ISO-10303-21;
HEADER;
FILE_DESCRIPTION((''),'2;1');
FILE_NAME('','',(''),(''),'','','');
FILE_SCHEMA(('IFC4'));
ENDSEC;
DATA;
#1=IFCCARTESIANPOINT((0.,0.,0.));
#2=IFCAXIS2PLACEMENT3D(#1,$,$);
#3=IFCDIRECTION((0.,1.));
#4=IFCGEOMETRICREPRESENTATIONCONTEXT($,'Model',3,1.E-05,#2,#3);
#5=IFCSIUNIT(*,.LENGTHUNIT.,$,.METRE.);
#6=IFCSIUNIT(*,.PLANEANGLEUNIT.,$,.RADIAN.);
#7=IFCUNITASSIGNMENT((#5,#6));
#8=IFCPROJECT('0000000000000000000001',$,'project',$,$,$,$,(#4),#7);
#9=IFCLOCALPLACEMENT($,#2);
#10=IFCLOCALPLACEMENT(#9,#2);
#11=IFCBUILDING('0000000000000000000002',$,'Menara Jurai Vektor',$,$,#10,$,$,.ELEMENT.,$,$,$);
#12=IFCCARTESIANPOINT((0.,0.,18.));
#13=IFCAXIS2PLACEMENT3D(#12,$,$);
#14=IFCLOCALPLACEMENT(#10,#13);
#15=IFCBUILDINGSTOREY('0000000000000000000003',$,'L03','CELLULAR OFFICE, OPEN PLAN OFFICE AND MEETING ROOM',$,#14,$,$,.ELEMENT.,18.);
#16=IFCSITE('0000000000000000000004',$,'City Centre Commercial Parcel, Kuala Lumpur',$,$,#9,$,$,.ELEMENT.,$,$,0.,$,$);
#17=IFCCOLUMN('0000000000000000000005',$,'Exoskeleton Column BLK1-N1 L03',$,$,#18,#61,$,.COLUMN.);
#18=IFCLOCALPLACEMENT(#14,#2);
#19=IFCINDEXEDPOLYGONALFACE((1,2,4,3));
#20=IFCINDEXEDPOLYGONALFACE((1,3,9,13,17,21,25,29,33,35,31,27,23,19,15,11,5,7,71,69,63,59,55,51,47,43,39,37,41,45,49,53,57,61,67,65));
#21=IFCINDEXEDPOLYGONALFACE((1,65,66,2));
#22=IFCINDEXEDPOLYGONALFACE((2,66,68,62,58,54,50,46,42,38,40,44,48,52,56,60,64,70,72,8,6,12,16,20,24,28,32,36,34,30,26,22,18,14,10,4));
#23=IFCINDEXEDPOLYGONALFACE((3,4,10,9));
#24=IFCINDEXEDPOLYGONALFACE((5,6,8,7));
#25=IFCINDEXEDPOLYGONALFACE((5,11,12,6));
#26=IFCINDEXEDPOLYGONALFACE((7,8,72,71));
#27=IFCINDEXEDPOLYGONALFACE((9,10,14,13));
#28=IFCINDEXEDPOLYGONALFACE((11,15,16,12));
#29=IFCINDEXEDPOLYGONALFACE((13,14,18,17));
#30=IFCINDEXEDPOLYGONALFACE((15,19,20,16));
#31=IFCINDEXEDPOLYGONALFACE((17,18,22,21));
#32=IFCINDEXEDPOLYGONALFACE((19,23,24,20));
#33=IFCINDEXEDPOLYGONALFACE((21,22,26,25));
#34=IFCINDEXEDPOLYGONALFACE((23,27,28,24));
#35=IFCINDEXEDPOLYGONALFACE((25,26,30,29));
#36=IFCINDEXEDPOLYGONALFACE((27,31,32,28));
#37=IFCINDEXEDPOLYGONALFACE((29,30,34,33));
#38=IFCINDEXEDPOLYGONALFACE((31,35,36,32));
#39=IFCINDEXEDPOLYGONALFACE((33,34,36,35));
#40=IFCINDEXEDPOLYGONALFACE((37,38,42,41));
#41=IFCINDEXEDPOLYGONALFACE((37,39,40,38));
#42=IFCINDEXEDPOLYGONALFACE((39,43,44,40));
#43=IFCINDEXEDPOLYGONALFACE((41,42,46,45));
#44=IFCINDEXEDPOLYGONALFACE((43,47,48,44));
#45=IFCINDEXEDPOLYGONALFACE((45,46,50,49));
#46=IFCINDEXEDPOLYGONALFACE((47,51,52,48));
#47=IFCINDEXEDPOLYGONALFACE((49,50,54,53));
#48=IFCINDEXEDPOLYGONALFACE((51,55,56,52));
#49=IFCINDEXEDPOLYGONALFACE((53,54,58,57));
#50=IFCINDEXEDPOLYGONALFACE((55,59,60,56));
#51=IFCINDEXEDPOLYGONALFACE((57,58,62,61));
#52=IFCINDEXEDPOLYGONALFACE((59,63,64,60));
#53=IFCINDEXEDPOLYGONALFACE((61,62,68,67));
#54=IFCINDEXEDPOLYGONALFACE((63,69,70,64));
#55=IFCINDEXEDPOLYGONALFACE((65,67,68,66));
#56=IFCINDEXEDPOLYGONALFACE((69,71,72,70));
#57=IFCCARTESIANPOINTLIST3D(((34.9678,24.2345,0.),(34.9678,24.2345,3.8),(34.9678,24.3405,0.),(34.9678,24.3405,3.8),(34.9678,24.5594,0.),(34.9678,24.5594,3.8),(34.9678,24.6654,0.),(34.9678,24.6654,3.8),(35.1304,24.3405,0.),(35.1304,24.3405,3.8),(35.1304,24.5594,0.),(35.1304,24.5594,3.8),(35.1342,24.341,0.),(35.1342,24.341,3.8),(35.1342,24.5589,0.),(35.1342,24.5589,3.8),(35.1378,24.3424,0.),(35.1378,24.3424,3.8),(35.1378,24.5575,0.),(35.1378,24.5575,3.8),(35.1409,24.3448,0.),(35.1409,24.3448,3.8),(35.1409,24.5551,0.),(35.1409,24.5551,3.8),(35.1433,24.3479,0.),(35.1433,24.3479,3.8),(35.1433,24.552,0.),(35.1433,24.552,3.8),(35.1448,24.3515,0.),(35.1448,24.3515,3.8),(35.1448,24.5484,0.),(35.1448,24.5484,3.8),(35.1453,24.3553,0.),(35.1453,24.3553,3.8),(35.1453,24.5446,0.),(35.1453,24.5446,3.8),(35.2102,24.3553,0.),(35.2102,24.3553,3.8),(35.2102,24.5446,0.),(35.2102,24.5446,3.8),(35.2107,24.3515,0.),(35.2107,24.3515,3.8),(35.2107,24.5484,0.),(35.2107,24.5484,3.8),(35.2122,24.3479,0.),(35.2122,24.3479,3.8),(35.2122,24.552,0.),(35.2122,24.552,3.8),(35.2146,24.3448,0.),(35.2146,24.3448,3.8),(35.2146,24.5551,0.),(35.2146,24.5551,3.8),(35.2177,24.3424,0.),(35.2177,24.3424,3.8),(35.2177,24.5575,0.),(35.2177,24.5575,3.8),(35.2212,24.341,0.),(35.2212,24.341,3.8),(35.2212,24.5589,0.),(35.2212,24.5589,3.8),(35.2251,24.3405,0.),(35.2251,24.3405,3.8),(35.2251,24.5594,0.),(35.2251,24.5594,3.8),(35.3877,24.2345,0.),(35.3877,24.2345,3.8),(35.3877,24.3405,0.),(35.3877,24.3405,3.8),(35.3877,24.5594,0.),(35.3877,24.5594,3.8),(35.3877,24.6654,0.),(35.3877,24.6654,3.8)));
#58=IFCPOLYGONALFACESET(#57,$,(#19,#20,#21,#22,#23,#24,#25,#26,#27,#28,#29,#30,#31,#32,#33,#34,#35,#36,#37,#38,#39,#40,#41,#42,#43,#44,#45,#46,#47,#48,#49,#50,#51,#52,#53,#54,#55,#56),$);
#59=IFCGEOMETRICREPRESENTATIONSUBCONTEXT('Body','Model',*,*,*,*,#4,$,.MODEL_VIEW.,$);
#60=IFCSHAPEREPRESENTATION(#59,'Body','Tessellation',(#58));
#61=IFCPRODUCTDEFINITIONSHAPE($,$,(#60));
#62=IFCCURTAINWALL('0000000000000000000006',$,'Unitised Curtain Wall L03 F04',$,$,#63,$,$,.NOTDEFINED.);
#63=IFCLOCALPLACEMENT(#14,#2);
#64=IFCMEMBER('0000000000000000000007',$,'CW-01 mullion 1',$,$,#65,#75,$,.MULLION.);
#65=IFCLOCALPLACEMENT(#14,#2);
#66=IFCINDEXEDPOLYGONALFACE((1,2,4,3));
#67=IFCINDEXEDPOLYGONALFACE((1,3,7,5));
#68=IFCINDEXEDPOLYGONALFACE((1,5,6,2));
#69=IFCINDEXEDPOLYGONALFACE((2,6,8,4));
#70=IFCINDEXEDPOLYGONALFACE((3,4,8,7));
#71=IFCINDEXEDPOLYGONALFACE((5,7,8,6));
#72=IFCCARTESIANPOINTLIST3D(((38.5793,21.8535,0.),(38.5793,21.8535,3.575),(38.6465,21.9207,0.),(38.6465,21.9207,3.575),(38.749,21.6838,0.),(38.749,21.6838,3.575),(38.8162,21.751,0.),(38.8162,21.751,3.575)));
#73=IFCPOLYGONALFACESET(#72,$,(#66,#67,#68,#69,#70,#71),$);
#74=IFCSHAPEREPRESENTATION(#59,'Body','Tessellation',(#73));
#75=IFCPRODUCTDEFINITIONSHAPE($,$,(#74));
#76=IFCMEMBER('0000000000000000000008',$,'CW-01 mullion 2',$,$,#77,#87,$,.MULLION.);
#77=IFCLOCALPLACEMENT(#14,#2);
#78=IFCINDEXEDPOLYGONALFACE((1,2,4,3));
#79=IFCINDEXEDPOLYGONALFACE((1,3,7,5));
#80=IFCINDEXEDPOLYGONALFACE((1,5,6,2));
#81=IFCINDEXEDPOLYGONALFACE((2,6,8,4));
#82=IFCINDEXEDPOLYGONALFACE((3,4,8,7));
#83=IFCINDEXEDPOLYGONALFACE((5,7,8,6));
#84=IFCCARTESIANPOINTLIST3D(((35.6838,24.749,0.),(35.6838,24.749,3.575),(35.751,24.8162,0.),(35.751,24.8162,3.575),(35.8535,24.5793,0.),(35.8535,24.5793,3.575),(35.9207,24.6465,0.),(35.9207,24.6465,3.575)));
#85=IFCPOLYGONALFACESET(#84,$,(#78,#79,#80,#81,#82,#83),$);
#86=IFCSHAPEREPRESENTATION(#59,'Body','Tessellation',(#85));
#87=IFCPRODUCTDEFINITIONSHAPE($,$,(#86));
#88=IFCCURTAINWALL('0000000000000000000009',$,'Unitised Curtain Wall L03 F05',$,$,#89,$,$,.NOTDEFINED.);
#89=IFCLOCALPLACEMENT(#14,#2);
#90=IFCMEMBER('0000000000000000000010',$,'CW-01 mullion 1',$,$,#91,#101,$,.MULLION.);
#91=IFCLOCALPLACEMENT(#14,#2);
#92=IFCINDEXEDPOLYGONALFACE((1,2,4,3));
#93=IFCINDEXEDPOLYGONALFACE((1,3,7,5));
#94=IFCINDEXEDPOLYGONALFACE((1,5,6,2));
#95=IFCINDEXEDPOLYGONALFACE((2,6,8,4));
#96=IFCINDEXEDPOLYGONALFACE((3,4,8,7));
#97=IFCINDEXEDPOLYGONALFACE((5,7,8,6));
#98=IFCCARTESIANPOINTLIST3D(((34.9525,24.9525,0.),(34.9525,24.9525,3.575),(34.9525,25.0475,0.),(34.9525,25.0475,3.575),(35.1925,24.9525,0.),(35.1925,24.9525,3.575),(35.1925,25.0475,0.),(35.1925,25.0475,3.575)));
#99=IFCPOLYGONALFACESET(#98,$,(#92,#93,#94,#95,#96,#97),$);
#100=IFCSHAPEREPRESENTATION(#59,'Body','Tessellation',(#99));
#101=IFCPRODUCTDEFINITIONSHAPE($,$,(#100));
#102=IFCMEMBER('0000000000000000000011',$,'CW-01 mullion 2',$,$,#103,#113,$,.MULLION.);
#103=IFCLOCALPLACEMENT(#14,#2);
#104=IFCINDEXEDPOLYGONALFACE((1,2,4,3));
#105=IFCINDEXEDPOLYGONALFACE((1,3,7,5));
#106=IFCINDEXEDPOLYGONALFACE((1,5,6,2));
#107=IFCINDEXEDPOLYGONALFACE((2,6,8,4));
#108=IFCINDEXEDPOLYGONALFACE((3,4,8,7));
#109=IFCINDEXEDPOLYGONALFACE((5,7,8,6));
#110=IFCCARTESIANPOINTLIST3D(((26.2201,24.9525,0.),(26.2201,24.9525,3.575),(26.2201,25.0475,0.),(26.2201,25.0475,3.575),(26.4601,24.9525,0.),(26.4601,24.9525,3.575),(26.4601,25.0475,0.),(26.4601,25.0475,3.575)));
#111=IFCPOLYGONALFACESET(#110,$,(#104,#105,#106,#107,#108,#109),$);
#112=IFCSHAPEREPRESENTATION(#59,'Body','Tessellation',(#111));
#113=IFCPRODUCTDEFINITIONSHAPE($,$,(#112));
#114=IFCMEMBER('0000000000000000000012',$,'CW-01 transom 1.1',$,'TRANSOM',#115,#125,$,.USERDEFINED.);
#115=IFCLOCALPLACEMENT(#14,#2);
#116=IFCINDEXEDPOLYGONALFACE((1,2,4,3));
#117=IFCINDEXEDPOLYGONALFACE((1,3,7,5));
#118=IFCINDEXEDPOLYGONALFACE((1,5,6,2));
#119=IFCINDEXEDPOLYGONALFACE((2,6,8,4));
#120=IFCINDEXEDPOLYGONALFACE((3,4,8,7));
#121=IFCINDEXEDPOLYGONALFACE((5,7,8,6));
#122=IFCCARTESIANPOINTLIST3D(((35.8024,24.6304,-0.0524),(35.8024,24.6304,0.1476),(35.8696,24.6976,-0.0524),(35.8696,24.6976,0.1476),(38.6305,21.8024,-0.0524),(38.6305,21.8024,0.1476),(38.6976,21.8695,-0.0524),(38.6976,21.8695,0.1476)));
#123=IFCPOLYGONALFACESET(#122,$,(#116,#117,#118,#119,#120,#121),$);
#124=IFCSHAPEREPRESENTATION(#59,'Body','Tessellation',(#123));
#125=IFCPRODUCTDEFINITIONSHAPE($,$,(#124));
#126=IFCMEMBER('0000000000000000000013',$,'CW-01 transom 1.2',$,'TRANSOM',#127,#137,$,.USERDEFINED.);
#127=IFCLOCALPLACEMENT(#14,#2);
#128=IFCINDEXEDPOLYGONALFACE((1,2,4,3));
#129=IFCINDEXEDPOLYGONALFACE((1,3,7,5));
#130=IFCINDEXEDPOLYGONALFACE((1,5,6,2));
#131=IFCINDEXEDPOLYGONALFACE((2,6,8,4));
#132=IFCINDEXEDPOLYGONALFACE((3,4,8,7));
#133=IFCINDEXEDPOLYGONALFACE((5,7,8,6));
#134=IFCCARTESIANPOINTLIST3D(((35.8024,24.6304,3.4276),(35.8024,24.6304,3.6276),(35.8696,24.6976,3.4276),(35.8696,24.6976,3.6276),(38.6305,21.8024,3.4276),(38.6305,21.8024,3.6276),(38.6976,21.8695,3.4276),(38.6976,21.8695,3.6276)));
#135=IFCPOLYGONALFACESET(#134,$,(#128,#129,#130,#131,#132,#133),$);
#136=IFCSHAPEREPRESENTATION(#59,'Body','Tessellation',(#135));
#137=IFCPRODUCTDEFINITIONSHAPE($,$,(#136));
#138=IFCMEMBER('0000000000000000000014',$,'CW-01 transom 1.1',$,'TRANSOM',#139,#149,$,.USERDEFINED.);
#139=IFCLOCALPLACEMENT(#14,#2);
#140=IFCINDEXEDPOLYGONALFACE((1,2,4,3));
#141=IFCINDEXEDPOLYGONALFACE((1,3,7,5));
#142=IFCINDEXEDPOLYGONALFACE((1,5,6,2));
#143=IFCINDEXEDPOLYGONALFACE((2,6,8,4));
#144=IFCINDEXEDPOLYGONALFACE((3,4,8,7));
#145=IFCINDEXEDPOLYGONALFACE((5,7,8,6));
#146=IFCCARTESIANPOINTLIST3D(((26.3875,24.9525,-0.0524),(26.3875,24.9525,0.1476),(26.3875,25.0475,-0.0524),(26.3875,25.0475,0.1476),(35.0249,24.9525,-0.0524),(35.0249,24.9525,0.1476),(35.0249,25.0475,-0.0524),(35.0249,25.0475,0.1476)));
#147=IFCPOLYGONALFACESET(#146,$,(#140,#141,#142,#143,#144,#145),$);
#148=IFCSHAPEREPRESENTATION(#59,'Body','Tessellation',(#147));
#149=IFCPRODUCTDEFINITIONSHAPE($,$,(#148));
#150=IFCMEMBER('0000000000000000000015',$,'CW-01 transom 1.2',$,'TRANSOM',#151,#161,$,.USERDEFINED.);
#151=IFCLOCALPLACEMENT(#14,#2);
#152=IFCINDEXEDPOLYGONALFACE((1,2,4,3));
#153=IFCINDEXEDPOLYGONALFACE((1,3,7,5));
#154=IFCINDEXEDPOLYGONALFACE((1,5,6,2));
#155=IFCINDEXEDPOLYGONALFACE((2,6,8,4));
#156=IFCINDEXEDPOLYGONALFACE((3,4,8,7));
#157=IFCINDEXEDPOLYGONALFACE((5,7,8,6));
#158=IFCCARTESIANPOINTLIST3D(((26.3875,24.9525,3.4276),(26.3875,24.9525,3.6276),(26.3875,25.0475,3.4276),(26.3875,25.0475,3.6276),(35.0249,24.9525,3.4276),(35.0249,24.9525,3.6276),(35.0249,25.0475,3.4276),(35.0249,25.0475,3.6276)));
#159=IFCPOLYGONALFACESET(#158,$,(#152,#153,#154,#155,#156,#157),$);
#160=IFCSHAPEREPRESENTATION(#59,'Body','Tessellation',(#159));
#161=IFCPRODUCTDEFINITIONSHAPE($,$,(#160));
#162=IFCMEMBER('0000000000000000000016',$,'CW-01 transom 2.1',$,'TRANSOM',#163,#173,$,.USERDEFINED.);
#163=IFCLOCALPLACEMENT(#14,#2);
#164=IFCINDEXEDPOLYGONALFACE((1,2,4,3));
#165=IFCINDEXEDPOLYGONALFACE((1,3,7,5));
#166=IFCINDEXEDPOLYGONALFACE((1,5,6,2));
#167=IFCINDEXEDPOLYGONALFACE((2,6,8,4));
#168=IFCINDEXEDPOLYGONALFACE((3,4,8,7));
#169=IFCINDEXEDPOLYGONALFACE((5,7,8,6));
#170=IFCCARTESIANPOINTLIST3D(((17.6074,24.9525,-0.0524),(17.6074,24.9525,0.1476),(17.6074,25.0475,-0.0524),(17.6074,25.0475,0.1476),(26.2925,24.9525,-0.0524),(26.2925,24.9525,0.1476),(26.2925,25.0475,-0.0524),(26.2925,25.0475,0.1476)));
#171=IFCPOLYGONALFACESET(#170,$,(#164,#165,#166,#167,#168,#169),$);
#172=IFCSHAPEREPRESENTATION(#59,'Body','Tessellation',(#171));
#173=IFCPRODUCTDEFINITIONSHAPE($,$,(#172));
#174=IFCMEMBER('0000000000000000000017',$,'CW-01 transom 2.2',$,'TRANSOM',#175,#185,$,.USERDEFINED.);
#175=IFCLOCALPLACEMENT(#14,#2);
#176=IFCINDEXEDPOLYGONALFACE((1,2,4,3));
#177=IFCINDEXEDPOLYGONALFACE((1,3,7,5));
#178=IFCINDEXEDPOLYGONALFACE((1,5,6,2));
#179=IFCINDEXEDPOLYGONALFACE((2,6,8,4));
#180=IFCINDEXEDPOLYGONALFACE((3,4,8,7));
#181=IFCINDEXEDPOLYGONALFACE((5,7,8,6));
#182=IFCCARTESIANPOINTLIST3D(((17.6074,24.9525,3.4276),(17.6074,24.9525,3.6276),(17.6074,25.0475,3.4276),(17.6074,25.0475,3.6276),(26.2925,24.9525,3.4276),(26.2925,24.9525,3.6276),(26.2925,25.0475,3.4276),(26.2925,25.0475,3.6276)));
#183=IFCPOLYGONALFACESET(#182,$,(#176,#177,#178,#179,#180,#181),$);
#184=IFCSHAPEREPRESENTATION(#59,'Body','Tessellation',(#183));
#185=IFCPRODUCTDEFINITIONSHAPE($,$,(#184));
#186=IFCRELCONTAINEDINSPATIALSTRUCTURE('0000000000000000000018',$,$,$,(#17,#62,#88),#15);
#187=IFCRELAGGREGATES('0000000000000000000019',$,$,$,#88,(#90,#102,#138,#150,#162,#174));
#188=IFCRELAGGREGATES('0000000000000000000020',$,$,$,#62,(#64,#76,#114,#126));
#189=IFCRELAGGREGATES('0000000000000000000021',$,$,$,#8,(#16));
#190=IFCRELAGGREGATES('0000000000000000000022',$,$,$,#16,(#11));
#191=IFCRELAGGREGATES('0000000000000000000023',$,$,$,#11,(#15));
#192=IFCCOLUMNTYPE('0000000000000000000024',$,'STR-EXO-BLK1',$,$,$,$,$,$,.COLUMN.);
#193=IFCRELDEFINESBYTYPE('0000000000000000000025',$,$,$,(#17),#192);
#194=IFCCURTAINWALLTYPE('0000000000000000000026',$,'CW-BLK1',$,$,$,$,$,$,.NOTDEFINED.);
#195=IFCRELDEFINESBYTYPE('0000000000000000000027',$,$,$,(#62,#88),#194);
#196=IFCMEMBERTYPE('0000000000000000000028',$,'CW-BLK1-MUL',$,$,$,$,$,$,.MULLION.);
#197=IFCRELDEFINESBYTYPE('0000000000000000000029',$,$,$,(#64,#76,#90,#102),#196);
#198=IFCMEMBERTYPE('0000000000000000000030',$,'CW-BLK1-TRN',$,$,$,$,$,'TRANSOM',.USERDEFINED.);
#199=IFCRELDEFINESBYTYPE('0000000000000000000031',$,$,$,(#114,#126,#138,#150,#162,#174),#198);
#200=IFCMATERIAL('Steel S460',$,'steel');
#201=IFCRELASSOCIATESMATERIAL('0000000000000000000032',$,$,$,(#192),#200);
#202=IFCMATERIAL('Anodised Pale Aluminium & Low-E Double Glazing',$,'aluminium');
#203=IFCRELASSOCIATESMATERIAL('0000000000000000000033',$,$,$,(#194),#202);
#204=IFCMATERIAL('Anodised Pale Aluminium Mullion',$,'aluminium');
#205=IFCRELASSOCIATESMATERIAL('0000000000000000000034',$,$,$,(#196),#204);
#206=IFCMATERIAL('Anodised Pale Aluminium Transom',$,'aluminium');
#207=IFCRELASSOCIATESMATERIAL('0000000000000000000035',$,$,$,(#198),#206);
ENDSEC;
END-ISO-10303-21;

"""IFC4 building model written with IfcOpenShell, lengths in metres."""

from ifc_helpers import new_model, si_unit, direction, frame, origin, origin_2d, place, context, subcontext, project, spatial, rectangle, i_section, extrude, material, material_profile, profile_set, type_object, element, aggregate, save


model = new_model("IFC4")

# Units and contexts
model_context = context("Model", 3, precision=1e-05, world=origin(), true_north=direction((0.0, 1.0)))
body_context = subcontext(model_context, "Body", "Model", "MODEL_VIEW")
ifc_project = project(units=[si_unit("LENGTHUNIT", "METRE"), si_unit("PLANEANGLEUNIT", "RADIAN")], contexts=[model_context])

# Site, building, storey
site_placement = place(None, origin())
site = spatial("IfcSite", under=ifc_project, at=site_placement, Name="City Centre Commercial Parcel, Kuala Lumpur", CompositionType="ELEMENT", RefElevation=0.0)
building_placement = place(site_placement, origin())
building = spatial("IfcBuilding", under=site, at=building_placement, Name="Menara Jurai Vektor", CompositionType="ELEMENT")
storey_placement = place(building_placement, frame((0.0, 0.0, 18.0)))
storey = spatial("IfcBuildingStorey", under=building, at=storey_placement, Name="L03", Description="CELLULAR OFFICE, OPEN PLAN OFFICE AND MEETING ROOM", CompositionType="ELEMENT", Elevation=18.0)

# Column
ifc_material_1 = material(Name="Steel S460", Category="steel")
ifc_material_profile_1 = material_profile(ifc_material_1, i_section(OverallWidth=0.4199, OverallDepth=0.4309, WebThickness=0.0649, FlangeThickness=0.106, FilletRadius=0.0149, at=origin_2d()), Name="HD 400x900")
ifc_profile_set_1 = profile_set([ifc_material_profile_1], Name="Steel S460")
column_type = type_object("IfcColumnType", Name="STR-EXO-BLK1", PredefinedType="COLUMN", material=ifc_profile_set_1)
column_placement = place(storey_placement, frame((35.1777, 24.45, 0.0), z_axis=(0.0, 0.0, 1.0), x_axis=(1.0, 0.0, 0.0)))
element("IfcColumn", 1, at=column_placement, inside=storey, type_object=column_type, Name="Exoskeleton Column BLK1-N1 L03", PredefinedType="COLUMN", context=body_context, shape_type="SweptSolid", body=[
    extrude(i_section(OverallWidth=0.4199, OverallDepth=0.4309, WebThickness=0.0649, FlangeThickness=0.106, FilletRadius=0.0149, at=origin_2d()), origin(), (0.0, 0.0, 1.0), 3.8),
])

# Curtain walls, members
ifc_material_2 = material(Name="Anodised Pale Aluminium & Low-E Double Glazing", Category="aluminium")
curtain_wall_type = type_object("IfcCurtainWallType", Name="CW-BLK1", PredefinedType="NOTDEFINED", material=ifc_material_2)
curtain_wall_1_placement = place(storey_placement, origin())
curtain_wall_1 = element("IfcCurtainWall", 2, at=curtain_wall_1_placement, inside=storey, type_object=curtain_wall_type, Name="Unitised Curtain Wall L03 F04", PredefinedType="NOTDEFINED")
ifc_material_3 = material(Name="Anodised Pale Aluminium Mullion", Category="aluminium")
ifc_material_profile_2 = material_profile(ifc_material_3, rectangle(XDim=0.095, YDim=0.24, at=origin_2d()), Name="ALU MUL 95x240")
ifc_profile_set_2 = profile_set([ifc_material_profile_2], Name="Anodised Pale Aluminium Mullion")
member_type_1 = type_object("IfcMemberType", Name="CW-BLK1-MUL", PredefinedType="MULLION", material=ifc_profile_set_2)
member_1_placement = place(storey_placement, frame((38.6978, 21.8022, 0.0), z_axis=(0.0, 0.0, 1.0), x_axis=(-0.707107, -0.707107, 0.0)))
member_1 = element("IfcMember", 3, at=member_1_placement, type_object=member_type_1, Name="CW-01 mullion 1", PredefinedType="MULLION", context=body_context, shape_type="SweptSolid", body=[
    extrude(rectangle(XDim=0.095, YDim=0.24, at=origin_2d()), origin(), (0.0, 0.0, 1.0), 3.575),
])
member_2_placement = place(storey_placement, frame((35.8022, 24.6978, 0.0), z_axis=(0.0, 0.0, 1.0), x_axis=(-0.707107, -0.707107, 0.0)))
member_2 = element("IfcMember", 4, at=member_2_placement, type_object=member_type_1, Name="CW-01 mullion 2", PredefinedType="MULLION", context=body_context, shape_type="SweptSolid", body=[
    extrude(rectangle(XDim=0.095, YDim=0.24, at=origin_2d()), origin(), (0.0, 0.0, 1.0), 3.575),
])
curtain_wall_2_placement = place(storey_placement, origin())
curtain_wall_2 = element("IfcCurtainWall", 5, at=curtain_wall_2_placement, inside=storey, type_object=curtain_wall_type, Name="Unitised Curtain Wall L03 F05", PredefinedType="NOTDEFINED")
member_3_placement = place(storey_placement, frame((35.0725, 25.0, 0.0), z_axis=(0.0, 0.0, 1.0), x_axis=(0.0, -1.0, 0.0)))
member_3 = element("IfcMember", 6, at=member_3_placement, type_object=member_type_1, Name="CW-01 mullion 1", PredefinedType="MULLION", context=body_context, shape_type="SweptSolid", body=[
    extrude(rectangle(XDim=0.095, YDim=0.24, at=origin_2d()), origin(), (0.0, 0.0, 1.0), 3.575),
])
member_4_placement = place(storey_placement, frame((26.3401, 25.0, 0.0), z_axis=(0.0, 0.0, 1.0), x_axis=(0.0, -1.0, 0.0)))
member_4 = element("IfcMember", 7, at=member_4_placement, type_object=member_type_1, Name="CW-01 mullion 2", PredefinedType="MULLION", context=body_context, shape_type="SweptSolid", body=[
    extrude(rectangle(XDim=0.095, YDim=0.24, at=origin_2d()), origin(), (0.0, 0.0, 1.0), 3.575),
])

# Members
ifc_material_4 = material(Name="Anodised Pale Aluminium Transom", Category="aluminium")
ifc_material_profile_3 = material_profile(ifc_material_4, rectangle(XDim=0.095, YDim=0.2, at=origin_2d()), Name="ALU TRN 95x200")
ifc_profile_set_3 = profile_set([ifc_material_profile_3], Name="Anodised Pale Aluminium Transom")
member_type_2 = type_object("IfcMemberType", Name="CW-BLK1-TRN", ElementType="TRANSOM", PredefinedType="USERDEFINED", material=ifc_profile_set_3)
member_5_placement = place(storey_placement, frame((38.6641, 21.8359, 0.0476), z_axis=(-0.707107, 0.707107, 0.0), x_axis=(-0.707107, -0.707107, 0.0)))
member_5 = element("IfcMember", 8, at=member_5_placement, type_object=member_type_2, Name="CW-01 transom 1.1", ObjectType="TRANSOM", PredefinedType="USERDEFINED", context=body_context, shape_type="SweptSolid", body=[
    extrude(rectangle(XDim=0.095, YDim=0.2, at=origin_2d()), origin(), (0.0, 0.0, 1.0), 3.9995),
])
member_6_placement = place(storey_placement, frame((38.6641, 21.8359, 3.5276), z_axis=(-0.707107, 0.707107, 0.0), x_axis=(-0.707107, -0.707107, 0.0)))
member_6 = element("IfcMember", 9, at=member_6_placement, type_object=member_type_2, Name="CW-01 transom 1.2", ObjectType="TRANSOM", PredefinedType="USERDEFINED", context=body_context, shape_type="SweptSolid", body=[
    extrude(rectangle(XDim=0.095, YDim=0.2, at=origin_2d()), origin(), (0.0, 0.0, 1.0), 3.9995),
])
member_7_placement = place(storey_placement, frame((35.0249, 25.0, 0.0476), z_axis=(-1.0, 0.0, 0.0), x_axis=(0.0, -1.0, 0.0)))
member_7 = element("IfcMember", 10, at=member_7_placement, type_object=member_type_2, Name="CW-01 transom 1.1", ObjectType="TRANSOM", PredefinedType="USERDEFINED", context=body_context, shape_type="SweptSolid", body=[
    extrude(rectangle(XDim=0.095, YDim=0.2, at=origin_2d()), origin(), (0.0, 0.0, 1.0), 8.6375),
])
member_8_placement = place(storey_placement, frame((35.0249, 25.0, 3.5276), z_axis=(-1.0, 0.0, 0.0), x_axis=(0.0, -1.0, 0.0)))
member_8 = element("IfcMember", 11, at=member_8_placement, type_object=member_type_2, Name="CW-01 transom 1.2", ObjectType="TRANSOM", PredefinedType="USERDEFINED", context=body_context, shape_type="SweptSolid", body=[
    extrude(rectangle(XDim=0.095, YDim=0.2, at=origin_2d()), origin(), (0.0, 0.0, 1.0), 8.6375),
])
member_9_placement = place(storey_placement, frame((26.2925, 25.0, 0.0476), z_axis=(-1.0, 0.0, 0.0), x_axis=(0.0, -1.0, 0.0)))
member_9 = element("IfcMember", 12, at=member_9_placement, type_object=member_type_2, Name="CW-01 transom 2.1", ObjectType="TRANSOM", PredefinedType="USERDEFINED", context=body_context, shape_type="SweptSolid", body=[
    extrude(rectangle(XDim=0.095, YDim=0.2, at=origin_2d()), origin(), (0.0, 0.0, 1.0), 8.6851),
])
member_10_placement = place(storey_placement, frame((26.2925, 25.0, 3.5276), z_axis=(-1.0, 0.0, 0.0), x_axis=(0.0, -1.0, 0.0)))
member_10 = element("IfcMember", 13, at=member_10_placement, type_object=member_type_2, Name="CW-01 transom 2.2", ObjectType="TRANSOM", PredefinedType="USERDEFINED", context=body_context, shape_type="SweptSolid", body=[
    extrude(rectangle(XDim=0.095, YDim=0.2, at=origin_2d()), origin(), (0.0, 0.0, 1.0), 8.6851),
])

aggregate(curtain_wall_2, [member_3, member_4, member_7, member_8, member_9, member_10])
aggregate(curtain_wall_1, [member_1, member_2, member_5, member_6])

save(model, "model.ifc")
